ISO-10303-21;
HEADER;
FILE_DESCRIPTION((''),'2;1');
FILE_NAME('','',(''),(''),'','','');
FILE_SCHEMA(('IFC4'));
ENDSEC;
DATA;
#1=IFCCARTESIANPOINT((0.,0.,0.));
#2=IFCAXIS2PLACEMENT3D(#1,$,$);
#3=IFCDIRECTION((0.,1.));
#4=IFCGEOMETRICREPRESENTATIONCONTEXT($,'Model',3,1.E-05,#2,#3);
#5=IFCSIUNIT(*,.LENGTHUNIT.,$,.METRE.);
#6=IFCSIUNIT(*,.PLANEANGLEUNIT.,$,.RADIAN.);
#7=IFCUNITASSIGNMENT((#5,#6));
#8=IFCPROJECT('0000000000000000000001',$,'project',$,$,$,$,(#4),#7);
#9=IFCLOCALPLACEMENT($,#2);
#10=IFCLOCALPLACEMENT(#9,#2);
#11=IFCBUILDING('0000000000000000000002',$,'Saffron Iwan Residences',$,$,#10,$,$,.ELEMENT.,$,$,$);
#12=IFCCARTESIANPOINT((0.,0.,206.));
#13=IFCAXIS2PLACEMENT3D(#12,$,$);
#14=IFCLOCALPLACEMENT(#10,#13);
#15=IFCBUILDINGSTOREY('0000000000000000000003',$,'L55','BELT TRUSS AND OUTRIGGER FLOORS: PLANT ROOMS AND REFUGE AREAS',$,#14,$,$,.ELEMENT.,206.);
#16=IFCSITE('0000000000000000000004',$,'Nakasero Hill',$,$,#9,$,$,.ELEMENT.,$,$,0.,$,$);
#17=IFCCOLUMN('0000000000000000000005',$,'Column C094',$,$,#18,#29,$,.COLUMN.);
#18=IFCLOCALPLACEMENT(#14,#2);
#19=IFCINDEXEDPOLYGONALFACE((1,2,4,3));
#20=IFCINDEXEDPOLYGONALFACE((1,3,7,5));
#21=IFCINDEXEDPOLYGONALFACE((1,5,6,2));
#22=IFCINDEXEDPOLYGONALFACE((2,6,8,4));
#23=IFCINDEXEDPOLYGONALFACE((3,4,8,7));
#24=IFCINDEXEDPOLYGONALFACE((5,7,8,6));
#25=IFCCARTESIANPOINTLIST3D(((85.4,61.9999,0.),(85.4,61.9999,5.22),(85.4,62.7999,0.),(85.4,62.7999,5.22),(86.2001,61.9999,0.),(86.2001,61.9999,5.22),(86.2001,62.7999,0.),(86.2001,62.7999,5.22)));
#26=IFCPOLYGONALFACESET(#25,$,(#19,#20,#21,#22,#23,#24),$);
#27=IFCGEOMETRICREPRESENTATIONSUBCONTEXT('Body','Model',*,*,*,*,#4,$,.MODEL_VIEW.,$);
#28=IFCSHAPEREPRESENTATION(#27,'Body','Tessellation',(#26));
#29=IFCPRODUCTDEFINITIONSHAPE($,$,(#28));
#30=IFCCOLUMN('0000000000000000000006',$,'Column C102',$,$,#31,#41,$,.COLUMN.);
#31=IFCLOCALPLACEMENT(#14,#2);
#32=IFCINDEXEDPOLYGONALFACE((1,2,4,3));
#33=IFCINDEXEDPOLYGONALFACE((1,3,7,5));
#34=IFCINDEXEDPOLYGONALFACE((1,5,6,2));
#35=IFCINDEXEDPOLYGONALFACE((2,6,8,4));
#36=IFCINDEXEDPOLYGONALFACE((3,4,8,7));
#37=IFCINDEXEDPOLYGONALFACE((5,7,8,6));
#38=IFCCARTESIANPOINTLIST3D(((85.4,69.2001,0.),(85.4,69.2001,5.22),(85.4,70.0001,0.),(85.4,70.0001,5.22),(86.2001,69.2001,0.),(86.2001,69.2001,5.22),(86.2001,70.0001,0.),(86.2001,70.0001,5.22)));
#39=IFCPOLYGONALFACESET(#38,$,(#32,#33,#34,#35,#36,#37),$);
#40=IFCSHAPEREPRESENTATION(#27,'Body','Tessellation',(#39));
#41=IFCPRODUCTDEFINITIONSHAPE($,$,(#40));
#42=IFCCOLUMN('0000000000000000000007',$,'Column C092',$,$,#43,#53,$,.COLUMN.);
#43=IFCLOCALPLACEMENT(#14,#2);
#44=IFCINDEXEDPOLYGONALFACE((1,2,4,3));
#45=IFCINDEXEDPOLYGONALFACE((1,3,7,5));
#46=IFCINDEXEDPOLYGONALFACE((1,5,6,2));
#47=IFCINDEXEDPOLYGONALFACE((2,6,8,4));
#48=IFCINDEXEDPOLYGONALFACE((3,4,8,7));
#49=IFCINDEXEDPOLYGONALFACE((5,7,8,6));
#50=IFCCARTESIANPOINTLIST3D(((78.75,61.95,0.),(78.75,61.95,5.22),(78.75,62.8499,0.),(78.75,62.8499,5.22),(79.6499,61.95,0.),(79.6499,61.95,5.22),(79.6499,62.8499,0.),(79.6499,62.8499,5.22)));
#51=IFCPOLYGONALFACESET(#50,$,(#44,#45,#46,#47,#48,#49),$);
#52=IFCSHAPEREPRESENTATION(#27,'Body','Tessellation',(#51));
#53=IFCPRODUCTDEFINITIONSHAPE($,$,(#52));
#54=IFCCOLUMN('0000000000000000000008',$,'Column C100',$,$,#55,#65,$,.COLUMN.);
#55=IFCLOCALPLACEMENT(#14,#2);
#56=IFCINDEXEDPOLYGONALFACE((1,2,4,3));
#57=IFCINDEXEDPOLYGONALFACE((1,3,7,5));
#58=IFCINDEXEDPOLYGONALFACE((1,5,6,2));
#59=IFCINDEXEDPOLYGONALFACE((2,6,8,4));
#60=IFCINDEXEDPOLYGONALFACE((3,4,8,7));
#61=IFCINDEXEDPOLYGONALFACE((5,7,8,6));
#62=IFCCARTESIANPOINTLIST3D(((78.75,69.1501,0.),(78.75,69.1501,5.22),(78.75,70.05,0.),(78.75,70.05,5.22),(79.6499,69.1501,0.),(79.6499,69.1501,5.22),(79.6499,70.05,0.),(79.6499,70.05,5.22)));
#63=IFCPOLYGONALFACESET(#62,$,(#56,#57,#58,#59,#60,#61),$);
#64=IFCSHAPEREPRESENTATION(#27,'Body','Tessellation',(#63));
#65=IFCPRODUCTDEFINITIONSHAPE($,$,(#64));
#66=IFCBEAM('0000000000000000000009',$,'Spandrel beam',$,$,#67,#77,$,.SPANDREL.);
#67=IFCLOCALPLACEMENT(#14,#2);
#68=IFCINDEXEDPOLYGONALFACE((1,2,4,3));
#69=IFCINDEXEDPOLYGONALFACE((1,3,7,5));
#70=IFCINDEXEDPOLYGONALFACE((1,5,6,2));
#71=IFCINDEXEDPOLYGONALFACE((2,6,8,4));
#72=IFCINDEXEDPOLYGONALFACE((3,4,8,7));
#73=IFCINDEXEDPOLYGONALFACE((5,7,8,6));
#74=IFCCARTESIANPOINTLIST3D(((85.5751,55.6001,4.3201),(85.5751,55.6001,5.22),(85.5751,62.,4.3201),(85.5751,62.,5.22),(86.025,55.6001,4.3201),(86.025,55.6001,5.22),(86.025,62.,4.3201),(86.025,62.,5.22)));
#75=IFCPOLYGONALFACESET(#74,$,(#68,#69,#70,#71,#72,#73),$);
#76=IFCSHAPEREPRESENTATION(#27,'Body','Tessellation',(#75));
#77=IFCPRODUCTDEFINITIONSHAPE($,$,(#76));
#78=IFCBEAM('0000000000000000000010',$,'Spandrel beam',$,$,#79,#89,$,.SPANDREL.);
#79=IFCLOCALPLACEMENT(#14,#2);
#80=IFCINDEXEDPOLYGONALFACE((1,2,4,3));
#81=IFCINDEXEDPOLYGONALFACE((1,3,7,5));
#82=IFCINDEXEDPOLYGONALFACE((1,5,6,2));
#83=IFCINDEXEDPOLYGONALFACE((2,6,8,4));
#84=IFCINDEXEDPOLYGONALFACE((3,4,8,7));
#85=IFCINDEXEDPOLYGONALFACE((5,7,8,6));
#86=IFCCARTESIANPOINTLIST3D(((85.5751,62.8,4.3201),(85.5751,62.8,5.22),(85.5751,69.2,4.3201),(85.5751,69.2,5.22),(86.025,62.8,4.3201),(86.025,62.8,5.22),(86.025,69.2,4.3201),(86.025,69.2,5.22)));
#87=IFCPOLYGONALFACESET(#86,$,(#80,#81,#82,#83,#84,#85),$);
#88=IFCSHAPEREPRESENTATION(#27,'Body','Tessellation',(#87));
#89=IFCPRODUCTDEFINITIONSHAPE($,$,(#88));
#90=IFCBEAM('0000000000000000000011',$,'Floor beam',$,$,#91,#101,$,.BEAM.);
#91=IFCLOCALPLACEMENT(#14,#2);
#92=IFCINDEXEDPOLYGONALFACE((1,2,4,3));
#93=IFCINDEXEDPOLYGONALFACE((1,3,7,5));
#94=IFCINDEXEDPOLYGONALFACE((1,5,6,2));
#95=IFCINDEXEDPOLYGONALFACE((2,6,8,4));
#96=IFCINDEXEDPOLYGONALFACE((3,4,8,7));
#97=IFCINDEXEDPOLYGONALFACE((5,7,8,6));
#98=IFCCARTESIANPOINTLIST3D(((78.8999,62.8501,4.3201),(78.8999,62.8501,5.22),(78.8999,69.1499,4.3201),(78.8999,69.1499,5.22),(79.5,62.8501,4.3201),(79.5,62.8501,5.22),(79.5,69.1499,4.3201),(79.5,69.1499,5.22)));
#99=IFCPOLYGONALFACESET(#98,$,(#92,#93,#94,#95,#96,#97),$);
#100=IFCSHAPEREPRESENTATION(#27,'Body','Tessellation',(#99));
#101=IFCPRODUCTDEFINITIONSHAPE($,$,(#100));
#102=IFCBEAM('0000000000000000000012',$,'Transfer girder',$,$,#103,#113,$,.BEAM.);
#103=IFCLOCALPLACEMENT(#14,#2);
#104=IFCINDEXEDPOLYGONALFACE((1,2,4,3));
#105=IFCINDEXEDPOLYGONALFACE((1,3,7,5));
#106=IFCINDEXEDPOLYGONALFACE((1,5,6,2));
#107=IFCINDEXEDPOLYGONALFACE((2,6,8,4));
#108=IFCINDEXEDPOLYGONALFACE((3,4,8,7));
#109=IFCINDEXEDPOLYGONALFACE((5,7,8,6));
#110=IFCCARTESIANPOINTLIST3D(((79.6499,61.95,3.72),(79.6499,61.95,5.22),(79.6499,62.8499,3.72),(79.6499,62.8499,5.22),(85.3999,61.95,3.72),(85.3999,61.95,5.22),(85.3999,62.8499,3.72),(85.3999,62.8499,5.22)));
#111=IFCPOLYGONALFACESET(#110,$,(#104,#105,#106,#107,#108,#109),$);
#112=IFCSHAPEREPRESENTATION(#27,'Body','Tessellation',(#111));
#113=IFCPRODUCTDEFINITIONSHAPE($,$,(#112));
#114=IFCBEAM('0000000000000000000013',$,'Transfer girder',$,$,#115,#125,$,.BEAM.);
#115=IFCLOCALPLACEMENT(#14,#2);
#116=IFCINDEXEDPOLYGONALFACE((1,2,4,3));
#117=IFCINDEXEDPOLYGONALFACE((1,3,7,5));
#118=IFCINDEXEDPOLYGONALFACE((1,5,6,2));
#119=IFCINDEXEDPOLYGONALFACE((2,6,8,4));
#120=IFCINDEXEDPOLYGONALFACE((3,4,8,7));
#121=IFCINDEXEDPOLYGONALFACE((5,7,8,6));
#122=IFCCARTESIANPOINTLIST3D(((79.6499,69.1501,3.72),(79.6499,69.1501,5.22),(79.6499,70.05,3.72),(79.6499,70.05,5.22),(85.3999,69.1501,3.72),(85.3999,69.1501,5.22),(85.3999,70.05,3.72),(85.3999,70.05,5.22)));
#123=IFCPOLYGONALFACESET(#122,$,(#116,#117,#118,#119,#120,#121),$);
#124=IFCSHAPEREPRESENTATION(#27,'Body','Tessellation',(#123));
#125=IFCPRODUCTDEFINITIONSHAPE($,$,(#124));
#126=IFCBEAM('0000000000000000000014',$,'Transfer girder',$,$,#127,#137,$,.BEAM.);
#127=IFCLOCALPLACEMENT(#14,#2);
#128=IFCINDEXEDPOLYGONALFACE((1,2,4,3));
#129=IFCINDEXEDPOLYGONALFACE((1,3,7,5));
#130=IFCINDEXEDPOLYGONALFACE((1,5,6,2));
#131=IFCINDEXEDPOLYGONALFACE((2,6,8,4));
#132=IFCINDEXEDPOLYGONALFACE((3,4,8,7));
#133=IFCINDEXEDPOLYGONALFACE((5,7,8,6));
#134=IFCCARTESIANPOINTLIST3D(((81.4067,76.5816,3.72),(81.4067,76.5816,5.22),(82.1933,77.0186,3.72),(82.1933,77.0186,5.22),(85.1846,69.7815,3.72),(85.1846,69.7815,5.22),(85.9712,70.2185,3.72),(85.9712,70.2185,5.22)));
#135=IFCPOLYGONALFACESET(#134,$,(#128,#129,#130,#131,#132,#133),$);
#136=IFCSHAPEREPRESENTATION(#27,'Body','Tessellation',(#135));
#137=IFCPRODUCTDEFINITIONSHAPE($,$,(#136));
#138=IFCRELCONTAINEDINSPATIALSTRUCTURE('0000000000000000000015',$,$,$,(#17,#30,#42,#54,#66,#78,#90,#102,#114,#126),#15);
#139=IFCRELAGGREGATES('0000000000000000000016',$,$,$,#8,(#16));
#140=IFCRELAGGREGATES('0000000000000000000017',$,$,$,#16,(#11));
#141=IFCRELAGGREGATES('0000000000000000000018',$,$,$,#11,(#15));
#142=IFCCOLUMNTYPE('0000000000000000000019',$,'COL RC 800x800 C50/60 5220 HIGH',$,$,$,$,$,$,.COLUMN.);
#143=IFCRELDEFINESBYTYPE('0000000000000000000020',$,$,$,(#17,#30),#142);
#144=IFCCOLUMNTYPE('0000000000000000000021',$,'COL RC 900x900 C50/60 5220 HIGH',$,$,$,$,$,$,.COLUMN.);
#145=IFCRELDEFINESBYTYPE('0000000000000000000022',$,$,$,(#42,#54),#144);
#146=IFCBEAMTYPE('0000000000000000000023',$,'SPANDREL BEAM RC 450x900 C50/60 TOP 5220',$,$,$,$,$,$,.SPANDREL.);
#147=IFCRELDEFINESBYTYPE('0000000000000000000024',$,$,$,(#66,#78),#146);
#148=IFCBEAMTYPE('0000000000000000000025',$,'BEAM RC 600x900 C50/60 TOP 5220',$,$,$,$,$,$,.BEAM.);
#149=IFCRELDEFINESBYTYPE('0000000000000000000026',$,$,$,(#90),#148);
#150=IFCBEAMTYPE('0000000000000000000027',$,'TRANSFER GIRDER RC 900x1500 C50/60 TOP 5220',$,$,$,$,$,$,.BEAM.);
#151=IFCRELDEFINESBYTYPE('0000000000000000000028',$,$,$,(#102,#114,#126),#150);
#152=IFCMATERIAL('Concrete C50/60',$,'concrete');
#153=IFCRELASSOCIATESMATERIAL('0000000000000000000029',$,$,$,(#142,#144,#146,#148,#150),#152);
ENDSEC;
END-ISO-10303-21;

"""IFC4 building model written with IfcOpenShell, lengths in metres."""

from ifc_helpers import new_model, si_unit, direction, frame, origin, origin_2d, place, context, subcontext, project, spatial, rectangle, extrude, source, transform, mapped, material, material_profile, profile_set, type_object, element, save


model = new_model("IFC4")

# Units and contexts
model_context = context("Model", 3, precision=1e-05, world=origin(), true_north=direction((0.0, 1.0)))
body_context = subcontext(model_context, "Body", "Model", "MODEL_VIEW")
ifc_project = project(units=[si_unit("LENGTHUNIT", "METRE"), si_unit("PLANEANGLEUNIT", "RADIAN")], contexts=[model_context])

# Site, building, storey
site_placement = place(None, origin())
site = spatial("IfcSite", under=ifc_project, at=site_placement, Name="Nakasero Hill", CompositionType="ELEMENT", RefElevation=0.0)
building_placement = place(site_placement, origin())
building = spatial("IfcBuilding", under=site, at=building_placement, Name="Saffron Iwan Residences", CompositionType="ELEMENT")
storey_placement = place(building_placement, frame((0.0, 0.0, 206.0)))
storey = spatial("IfcBuildingStorey", under=building, at=storey_placement, Name="L55", Description="BELT TRUSS AND OUTRIGGER FLOORS: PLANT ROOMS AND REFUGE AREAS", CompositionType="ELEMENT", Elevation=206.0)

# Columns
ifc_material_1 = material(Name="Concrete C50/60", Category="concrete")
ifc_material_profile_1 = material_profile(ifc_material_1, rectangle(XDim=0.8, YDim=0.8, at=origin_2d()), Name="RC 800x800")
ifc_profile_set_1 = profile_set([ifc_material_profile_1], Name="Concrete C50/60")
column_type_1 = type_object("IfcColumnType", Name="COL RC 800x800 C50/60 5220 HIGH", PredefinedType="COLUMN", material=ifc_profile_set_1)
shared_shape_1 = source(origin(), body_context, "Body", "SweptSolid", [
    extrude(rectangle(XDim=0.8, YDim=0.8, at=origin_2d()), origin(), (0.0, 0.0, 1.0), 5.22),
])
for number, where, z_axis, x_axis, name in (
    (1, (85.8, 62.3999, 0.0), (0.0, 0.0, 1.0), (1.0, 0.0, 0.0), "Column C094"),
    (2, (85.8, 69.6001, 0.0), (0.0, 0.0, 1.0), (1.0, 0.0, 0.0), "Column C102"),
):
    element("IfcColumn", number, at=place(storey_placement, frame(where, z_axis=z_axis, x_axis=x_axis)), inside=storey, type_object=column_type_1, Name=name, PredefinedType="COLUMN", context=body_context, shape_type="MappedRepresentation", body=[
        mapped(shared_shape_1, transform((0.0, 0.0, 0.0))),
    ])
ifc_material_profile_2 = material_profile(ifc_material_1, rectangle(XDim=0.8999, YDim=0.8999, at=origin_2d()), Name="RC 900x900")
ifc_profile_set_2 = profile_set([ifc_material_profile_2], Name="Concrete C50/60")
column_type_2 = type_object("IfcColumnType", Name="COL RC 900x900 C50/60 5220 HIGH", PredefinedType="COLUMN", material=ifc_profile_set_2)
shared_shape_2 = source(origin(), body_context, "Body", "SweptSolid", [
    extrude(rectangle(XDim=0.8999, YDim=0.8999, at=origin_2d()), origin(), (0.0, 0.0, 1.0), 5.22),
])
for number, where, z_axis, x_axis, name in (
    (3, (79.2, 62.3999, 0.0), (0.0, 0.0, 1.0), (1.0, 0.0, 0.0), "Column C092"),
    (4, (79.2, 69.6001, 0.0), (0.0, 0.0, 1.0), (1.0, 0.0, 0.0), "Column C100"),
):
    element("IfcColumn", number, at=place(storey_placement, frame(where, z_axis=z_axis, x_axis=x_axis)), inside=storey, type_object=column_type_2, Name=name, PredefinedType="COLUMN", context=body_context, shape_type="MappedRepresentation", body=[
        mapped(shared_shape_2, transform((0.0, 0.0, 0.0))),
    ])

# Beams
ifc_material_profile_3 = material_profile(ifc_material_1, rectangle(XDim=0.45, YDim=0.8999, at=origin_2d()), Name="RC 450x900")
ifc_profile_set_3 = profile_set([ifc_material_profile_3], Name="Concrete C50/60")
beam_type_1 = type_object("IfcBeamType", Name="SPANDREL BEAM RC 450x900 C50/60 TOP 5220", PredefinedType="SPANDREL", material=ifc_profile_set_3)
shared_shape_3 = source(origin(), body_context, "Body", "SweptSolid", [
    extrude(rectangle(XDim=0.45, YDim=0.8999, at=origin_2d()), origin(), (0.0, 0.0, 1.0), 6.3999),
])
for number, where, z_axis, x_axis, name in (
    (5, (85.8, 62.0, 4.77), (0.0, -1.0, 0.0), (1.0, 0.0, 0.0), "Spandrel beam"),
    (6, (85.8, 69.2, 4.77), (0.0, -1.0, 0.0), (1.0, 0.0, 0.0), "Spandrel beam"),
):
    element("IfcBeam", number, at=place(storey_placement, frame(where, z_axis=z_axis, x_axis=x_axis)), inside=storey, type_object=beam_type_1, Name=name, PredefinedType="SPANDREL", context=body_context, shape_type="MappedRepresentation", body=[
        mapped(shared_shape_3, transform((0.0, 0.0, 0.0))),
    ])
ifc_material_profile_4 = material_profile(ifc_material_1, rectangle(XDim=0.6001, YDim=0.8999, at=origin_2d()), Name="RC 600x900")
ifc_profile_set_4 = profile_set([ifc_material_profile_4], Name="Concrete C50/60")
beam_type_2 = type_object("IfcBeamType", Name="BEAM RC 600x900 C50/60 TOP 5220", PredefinedType="BEAM", material=ifc_profile_set_4)
shared_shape_4 = source(origin(), body_context, "Body", "SweptSolid", [
    extrude(rectangle(XDim=0.6001, YDim=0.8999, at=origin_2d()), origin(), (0.0, 0.0, 1.0), 6.2998),
])
beam_1_placement = place(storey_placement, frame((79.2, 62.8501, 4.77), z_axis=(0.0, 1.0, 0.0), x_axis=(-1.0, 0.0, 0.0)))
element("IfcBeam", 7, at=beam_1_placement, inside=storey, type_object=beam_type_2, Name="Floor beam", PredefinedType="BEAM", context=body_context, shape_type="MappedRepresentation", body=[
    mapped(shared_shape_4, transform((0.0, 0.0, 0.0))),
])
ifc_material_profile_5 = material_profile(ifc_material_1, rectangle(XDim=0.8999, YDim=1.5, at=origin_2d()), Name="RC 900x1500")
ifc_profile_set_5 = profile_set([ifc_material_profile_5], Name="Concrete C50/60")
beam_type_3 = type_object("IfcBeamType", Name="TRANSFER GIRDER RC 900x1500 C50/60 TOP 5220", PredefinedType="BEAM", material=ifc_profile_set_5)
shared_shape_5 = source(origin(), body_context, "Body", "SweptSolid", [
    extrude(rectangle(XDim=0.8999, YDim=1.5, at=origin_2d()), origin(), (0.0, 0.0, 1.0), 5.75),
])
for number, where, z_axis, x_axis, name in (
    (8, (79.6499, 62.3999, 4.47), (1.0, 0.0, 0.0), (0.0, 1.0, 0.0), "Transfer girder"),
    (9, (79.6499, 69.6001, 4.47), (1.0, 0.0, 0.0), (0.0, 1.0, 0.0), "Transfer girder"),
):
    element("IfcBeam", number, at=place(storey_placement, frame(where, z_axis=z_axis, x_axis=x_axis)), inside=storey, type_object=beam_type_3, Name=name, PredefinedType="BEAM", context=body_context, shape_type="MappedRepresentation", body=[
        mapped(shared_shape_5, transform((0.0, 0.0, 0.0))),
    ])
shared_shape_6 = source(origin(), body_context, "Body", "SweptSolid", [
    extrude(rectangle(XDim=0.8999, YDim=1.5, at=origin_2d()), origin(), (0.0, 0.0, 1.0), 7.7791),
])
beam_2_placement = place(storey_placement, frame((85.5779, 70.0, 4.47), z_axis=(-0.485646, 0.874156, 0.0), x_axis=(-0.874156, -0.485646, 0.0)))
element("IfcBeam", 10, at=beam_2_placement, inside=storey, type_object=beam_type_3, Name="Transfer girder", PredefinedType="BEAM", context=body_context, shape_type="MappedRepresentation", body=[
    mapped(shared_shape_6, transform((0.0, 0.0, 0.0))),
])

save(model, "model.ifc")
